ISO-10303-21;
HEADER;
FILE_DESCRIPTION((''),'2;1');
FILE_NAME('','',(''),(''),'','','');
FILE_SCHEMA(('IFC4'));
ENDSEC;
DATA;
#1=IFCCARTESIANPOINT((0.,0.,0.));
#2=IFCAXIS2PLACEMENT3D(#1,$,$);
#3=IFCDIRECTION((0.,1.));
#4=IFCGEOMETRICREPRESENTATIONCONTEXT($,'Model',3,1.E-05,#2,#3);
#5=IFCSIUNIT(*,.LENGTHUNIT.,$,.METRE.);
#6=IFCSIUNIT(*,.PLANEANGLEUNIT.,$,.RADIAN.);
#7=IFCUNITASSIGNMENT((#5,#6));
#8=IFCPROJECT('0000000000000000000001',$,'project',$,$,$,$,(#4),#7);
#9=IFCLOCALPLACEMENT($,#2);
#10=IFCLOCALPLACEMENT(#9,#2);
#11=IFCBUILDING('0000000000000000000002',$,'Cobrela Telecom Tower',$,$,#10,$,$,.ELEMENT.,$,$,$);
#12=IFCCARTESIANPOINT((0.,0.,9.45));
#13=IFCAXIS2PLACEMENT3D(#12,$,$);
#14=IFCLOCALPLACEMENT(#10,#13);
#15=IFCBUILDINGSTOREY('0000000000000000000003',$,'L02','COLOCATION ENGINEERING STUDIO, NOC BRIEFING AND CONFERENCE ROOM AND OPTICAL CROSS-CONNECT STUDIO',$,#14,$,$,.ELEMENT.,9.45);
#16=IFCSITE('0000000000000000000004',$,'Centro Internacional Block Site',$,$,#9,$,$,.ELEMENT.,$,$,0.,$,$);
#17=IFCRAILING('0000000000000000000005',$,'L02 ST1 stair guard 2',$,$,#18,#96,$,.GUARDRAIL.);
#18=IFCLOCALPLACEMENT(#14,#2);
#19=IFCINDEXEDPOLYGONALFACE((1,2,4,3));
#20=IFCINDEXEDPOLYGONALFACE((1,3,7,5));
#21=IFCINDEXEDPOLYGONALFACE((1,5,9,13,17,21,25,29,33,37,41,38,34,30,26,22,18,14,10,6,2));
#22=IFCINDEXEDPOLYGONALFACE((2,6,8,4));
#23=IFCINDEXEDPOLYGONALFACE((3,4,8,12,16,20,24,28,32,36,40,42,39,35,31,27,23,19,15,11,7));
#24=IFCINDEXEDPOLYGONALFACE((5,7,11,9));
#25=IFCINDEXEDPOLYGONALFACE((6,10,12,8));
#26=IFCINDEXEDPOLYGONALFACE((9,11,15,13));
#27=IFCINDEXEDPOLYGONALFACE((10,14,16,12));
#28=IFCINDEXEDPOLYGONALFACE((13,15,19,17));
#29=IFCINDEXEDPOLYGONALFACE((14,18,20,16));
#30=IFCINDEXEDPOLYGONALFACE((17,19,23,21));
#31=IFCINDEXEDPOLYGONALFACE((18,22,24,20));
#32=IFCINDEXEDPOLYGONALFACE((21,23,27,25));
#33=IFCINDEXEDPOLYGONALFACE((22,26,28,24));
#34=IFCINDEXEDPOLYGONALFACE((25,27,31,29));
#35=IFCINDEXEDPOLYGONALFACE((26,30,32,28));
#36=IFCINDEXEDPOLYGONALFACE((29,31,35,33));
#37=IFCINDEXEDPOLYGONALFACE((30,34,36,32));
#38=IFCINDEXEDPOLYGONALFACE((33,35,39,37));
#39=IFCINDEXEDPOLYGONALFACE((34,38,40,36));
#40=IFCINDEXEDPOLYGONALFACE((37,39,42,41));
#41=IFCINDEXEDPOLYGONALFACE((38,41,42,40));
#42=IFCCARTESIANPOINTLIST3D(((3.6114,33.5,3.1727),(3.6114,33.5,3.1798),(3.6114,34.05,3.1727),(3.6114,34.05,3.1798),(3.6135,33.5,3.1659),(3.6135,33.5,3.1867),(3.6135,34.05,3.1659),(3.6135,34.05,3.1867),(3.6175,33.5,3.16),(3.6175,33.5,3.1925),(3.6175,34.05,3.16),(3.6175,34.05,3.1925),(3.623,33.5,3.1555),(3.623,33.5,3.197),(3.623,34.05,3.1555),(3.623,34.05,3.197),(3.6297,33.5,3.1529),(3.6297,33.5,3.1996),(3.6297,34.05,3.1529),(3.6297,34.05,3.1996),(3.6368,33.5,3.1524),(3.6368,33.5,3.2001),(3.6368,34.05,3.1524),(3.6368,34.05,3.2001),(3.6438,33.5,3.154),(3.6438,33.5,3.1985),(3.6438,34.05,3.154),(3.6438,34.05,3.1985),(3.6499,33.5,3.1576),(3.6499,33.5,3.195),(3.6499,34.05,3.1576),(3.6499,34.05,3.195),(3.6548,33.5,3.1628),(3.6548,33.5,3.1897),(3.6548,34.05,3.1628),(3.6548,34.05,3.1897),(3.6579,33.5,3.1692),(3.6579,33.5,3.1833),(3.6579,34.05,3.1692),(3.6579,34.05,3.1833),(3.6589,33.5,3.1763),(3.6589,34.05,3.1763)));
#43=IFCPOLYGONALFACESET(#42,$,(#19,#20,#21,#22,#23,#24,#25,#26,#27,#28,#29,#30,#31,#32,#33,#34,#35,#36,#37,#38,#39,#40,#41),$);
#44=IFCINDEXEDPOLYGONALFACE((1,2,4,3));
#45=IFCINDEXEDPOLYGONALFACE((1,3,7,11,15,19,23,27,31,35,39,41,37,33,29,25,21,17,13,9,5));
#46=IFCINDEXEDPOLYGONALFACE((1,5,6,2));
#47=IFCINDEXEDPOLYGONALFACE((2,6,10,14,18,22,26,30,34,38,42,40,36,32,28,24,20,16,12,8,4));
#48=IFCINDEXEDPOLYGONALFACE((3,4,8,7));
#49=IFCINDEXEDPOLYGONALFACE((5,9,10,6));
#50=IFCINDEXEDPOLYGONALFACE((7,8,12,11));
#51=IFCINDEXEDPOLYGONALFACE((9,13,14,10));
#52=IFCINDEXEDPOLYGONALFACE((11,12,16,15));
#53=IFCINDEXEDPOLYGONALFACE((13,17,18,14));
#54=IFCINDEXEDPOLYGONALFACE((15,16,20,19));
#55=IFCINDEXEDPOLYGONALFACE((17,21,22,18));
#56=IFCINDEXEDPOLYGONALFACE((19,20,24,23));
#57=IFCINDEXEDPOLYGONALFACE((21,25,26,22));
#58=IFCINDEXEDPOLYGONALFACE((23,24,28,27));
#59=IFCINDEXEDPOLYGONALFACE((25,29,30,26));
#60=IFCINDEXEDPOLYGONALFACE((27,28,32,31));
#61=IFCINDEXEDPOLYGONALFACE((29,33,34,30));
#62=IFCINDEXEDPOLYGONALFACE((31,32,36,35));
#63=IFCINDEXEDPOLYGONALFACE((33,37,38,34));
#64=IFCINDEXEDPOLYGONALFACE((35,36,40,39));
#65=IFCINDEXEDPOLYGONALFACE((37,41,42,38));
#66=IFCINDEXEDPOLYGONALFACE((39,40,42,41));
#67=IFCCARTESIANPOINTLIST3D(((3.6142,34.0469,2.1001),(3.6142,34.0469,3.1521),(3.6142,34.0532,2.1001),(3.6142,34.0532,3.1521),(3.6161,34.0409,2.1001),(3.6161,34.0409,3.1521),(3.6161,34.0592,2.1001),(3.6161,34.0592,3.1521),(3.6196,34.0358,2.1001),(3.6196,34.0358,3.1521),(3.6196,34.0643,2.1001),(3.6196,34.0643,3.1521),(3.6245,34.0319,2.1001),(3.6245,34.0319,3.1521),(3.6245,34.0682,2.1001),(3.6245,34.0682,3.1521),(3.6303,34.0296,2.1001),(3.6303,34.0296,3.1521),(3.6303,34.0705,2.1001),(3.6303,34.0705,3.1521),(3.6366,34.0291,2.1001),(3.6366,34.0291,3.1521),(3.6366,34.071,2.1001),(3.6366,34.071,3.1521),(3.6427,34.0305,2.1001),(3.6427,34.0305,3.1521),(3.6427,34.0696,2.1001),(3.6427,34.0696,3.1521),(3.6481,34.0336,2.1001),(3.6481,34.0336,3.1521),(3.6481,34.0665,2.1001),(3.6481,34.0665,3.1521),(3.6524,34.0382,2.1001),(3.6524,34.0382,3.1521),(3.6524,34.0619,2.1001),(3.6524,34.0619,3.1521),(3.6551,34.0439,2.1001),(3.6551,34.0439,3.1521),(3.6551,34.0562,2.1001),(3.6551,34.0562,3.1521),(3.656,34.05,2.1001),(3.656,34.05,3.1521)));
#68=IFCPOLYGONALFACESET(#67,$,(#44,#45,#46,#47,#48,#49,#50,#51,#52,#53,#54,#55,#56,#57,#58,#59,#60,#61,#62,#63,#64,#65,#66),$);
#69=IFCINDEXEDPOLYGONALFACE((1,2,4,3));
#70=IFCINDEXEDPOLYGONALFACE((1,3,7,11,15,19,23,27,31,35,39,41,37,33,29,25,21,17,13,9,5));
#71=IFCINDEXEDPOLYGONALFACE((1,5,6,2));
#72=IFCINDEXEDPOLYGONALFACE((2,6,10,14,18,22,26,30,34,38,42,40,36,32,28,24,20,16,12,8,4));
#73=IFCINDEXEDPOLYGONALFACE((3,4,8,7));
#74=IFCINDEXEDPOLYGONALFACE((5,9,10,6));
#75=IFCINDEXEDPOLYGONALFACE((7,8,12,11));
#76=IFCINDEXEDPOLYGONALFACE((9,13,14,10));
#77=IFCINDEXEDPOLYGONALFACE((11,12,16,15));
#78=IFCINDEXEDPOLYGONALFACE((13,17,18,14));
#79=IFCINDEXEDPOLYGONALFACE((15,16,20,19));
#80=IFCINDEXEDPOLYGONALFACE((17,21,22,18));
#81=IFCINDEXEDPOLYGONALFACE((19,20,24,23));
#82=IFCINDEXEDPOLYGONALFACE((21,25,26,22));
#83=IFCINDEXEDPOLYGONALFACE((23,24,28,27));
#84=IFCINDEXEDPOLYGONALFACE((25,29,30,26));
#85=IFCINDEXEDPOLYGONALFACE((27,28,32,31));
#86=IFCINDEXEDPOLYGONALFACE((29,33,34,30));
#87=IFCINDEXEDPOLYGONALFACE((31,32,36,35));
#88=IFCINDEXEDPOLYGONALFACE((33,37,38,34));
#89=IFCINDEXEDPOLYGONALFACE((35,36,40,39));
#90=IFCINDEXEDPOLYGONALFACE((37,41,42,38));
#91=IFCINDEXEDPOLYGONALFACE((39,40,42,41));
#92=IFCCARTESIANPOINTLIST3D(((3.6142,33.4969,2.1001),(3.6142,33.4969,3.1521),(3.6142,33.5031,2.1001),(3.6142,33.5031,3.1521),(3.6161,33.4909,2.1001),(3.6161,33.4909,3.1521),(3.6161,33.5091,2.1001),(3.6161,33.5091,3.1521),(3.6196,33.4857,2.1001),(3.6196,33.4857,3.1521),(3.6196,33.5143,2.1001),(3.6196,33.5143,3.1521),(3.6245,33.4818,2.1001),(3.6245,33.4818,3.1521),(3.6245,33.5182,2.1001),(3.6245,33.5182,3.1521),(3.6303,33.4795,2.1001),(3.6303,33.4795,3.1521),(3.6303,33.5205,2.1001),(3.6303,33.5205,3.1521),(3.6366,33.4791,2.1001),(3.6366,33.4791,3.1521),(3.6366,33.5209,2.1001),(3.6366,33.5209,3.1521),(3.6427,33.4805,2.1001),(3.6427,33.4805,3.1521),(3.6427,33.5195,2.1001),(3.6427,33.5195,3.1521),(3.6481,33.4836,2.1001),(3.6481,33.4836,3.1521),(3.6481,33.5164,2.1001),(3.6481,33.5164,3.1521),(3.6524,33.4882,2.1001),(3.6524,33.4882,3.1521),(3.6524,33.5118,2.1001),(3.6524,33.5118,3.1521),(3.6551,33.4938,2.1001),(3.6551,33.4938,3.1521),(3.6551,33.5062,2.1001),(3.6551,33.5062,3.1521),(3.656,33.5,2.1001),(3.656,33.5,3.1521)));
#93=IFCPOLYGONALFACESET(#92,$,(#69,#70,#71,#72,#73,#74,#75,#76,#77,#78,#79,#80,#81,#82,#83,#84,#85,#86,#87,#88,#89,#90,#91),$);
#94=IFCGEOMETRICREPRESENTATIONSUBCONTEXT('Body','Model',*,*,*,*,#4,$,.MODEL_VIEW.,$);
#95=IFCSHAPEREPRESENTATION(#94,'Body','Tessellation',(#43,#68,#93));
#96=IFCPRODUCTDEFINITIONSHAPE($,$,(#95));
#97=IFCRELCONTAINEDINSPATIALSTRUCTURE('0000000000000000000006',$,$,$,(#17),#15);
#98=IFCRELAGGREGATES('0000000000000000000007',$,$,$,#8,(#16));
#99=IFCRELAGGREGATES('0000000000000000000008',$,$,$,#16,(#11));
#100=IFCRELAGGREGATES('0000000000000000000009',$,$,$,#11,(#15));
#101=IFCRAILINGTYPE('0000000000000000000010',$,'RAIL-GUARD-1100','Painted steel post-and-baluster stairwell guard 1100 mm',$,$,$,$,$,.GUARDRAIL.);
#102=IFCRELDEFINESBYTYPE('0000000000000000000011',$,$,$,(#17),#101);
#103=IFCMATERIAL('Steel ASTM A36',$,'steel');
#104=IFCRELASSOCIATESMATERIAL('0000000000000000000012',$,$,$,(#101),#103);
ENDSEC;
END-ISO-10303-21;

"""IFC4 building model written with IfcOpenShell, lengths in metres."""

from ifc_helpers import new_model, si_unit, direction, frame, origin, origin_2d, place, context, subcontext, project, spatial, circle, extrude, material, type_object, element, save


model = new_model("IFC4")

# Units and contexts
model_context = context("Model", 3, precision=1e-05, world=origin(), true_north=direction((0.0, 1.0)))
body_context = subcontext(model_context, "Body", "Model", "MODEL_VIEW")
ifc_project = project(units=[si_unit("LENGTHUNIT", "METRE"), si_unit("PLANEANGLEUNIT", "RADIAN")], contexts=[model_context])

# Site, building, storey
site_placement = place(None, origin())
site = spatial("IfcSite", under=ifc_project, at=site_placement, Name="Centro Internacional Block Site", CompositionType="ELEMENT", RefElevation=0.0)
building_placement = place(site_placement, origin())
building = spatial("IfcBuilding", under=site, at=building_placement, Name="Cobrela Telecom Tower", CompositionType="ELEMENT")
storey_placement = place(building_placement, frame((0.0, 0.0, 9.45)))
storey = spatial("IfcBuildingStorey", under=building, at=storey_placement, Name="L02", Description="COLOCATION ENGINEERING STUDIO, NOC BRIEFING AND CONFERENCE ROOM AND OPTICAL CROSS-CONNECT STUDIO", CompositionType="ELEMENT", Elevation=9.45)

# Shared definitions
ifc_material_1 = material(Name="Steel ASTM A36", Category="steel")

# Railing
railing_type_1 = type_object("IfcRailingType", Name="RAIL-GUARD-1100", Description="Painted steel post-and-baluster stairwell guard 1100 mm", PredefinedType="GUARDRAIL", material=ifc_material_1)
railing_1_placement = place(storey_placement, frame((3.635, 34.05, 2.1001)))
element("IfcRailing", 1, at=railing_1_placement, inside=storey, type_object=railing_type_1, Name="L02 ST1 stair guard 2", PredefinedType="GUARDRAIL", context=body_context, shape_type="SweptSolid", body=[
    extrude(circle(Radius=0.0239, at=origin_2d()), frame((0.0, 0.0, 1.0762), z_axis=(0.0, -1.0, 0.0), x_axis=(1.0, 0.0, 0.0)), (0.0, 0.0, 1.0), 0.55),
    extrude(circle(Radius=0.021, at=origin_2d()), origin(), (0.0, 0.0, 1.0), 1.052),
    extrude(circle(Radius=0.021, at=origin_2d()), frame((0.0, -0.55, 0.0)), (0.0, 0.0, 1.0), 1.052),
])

save(model, "model.ifc")
